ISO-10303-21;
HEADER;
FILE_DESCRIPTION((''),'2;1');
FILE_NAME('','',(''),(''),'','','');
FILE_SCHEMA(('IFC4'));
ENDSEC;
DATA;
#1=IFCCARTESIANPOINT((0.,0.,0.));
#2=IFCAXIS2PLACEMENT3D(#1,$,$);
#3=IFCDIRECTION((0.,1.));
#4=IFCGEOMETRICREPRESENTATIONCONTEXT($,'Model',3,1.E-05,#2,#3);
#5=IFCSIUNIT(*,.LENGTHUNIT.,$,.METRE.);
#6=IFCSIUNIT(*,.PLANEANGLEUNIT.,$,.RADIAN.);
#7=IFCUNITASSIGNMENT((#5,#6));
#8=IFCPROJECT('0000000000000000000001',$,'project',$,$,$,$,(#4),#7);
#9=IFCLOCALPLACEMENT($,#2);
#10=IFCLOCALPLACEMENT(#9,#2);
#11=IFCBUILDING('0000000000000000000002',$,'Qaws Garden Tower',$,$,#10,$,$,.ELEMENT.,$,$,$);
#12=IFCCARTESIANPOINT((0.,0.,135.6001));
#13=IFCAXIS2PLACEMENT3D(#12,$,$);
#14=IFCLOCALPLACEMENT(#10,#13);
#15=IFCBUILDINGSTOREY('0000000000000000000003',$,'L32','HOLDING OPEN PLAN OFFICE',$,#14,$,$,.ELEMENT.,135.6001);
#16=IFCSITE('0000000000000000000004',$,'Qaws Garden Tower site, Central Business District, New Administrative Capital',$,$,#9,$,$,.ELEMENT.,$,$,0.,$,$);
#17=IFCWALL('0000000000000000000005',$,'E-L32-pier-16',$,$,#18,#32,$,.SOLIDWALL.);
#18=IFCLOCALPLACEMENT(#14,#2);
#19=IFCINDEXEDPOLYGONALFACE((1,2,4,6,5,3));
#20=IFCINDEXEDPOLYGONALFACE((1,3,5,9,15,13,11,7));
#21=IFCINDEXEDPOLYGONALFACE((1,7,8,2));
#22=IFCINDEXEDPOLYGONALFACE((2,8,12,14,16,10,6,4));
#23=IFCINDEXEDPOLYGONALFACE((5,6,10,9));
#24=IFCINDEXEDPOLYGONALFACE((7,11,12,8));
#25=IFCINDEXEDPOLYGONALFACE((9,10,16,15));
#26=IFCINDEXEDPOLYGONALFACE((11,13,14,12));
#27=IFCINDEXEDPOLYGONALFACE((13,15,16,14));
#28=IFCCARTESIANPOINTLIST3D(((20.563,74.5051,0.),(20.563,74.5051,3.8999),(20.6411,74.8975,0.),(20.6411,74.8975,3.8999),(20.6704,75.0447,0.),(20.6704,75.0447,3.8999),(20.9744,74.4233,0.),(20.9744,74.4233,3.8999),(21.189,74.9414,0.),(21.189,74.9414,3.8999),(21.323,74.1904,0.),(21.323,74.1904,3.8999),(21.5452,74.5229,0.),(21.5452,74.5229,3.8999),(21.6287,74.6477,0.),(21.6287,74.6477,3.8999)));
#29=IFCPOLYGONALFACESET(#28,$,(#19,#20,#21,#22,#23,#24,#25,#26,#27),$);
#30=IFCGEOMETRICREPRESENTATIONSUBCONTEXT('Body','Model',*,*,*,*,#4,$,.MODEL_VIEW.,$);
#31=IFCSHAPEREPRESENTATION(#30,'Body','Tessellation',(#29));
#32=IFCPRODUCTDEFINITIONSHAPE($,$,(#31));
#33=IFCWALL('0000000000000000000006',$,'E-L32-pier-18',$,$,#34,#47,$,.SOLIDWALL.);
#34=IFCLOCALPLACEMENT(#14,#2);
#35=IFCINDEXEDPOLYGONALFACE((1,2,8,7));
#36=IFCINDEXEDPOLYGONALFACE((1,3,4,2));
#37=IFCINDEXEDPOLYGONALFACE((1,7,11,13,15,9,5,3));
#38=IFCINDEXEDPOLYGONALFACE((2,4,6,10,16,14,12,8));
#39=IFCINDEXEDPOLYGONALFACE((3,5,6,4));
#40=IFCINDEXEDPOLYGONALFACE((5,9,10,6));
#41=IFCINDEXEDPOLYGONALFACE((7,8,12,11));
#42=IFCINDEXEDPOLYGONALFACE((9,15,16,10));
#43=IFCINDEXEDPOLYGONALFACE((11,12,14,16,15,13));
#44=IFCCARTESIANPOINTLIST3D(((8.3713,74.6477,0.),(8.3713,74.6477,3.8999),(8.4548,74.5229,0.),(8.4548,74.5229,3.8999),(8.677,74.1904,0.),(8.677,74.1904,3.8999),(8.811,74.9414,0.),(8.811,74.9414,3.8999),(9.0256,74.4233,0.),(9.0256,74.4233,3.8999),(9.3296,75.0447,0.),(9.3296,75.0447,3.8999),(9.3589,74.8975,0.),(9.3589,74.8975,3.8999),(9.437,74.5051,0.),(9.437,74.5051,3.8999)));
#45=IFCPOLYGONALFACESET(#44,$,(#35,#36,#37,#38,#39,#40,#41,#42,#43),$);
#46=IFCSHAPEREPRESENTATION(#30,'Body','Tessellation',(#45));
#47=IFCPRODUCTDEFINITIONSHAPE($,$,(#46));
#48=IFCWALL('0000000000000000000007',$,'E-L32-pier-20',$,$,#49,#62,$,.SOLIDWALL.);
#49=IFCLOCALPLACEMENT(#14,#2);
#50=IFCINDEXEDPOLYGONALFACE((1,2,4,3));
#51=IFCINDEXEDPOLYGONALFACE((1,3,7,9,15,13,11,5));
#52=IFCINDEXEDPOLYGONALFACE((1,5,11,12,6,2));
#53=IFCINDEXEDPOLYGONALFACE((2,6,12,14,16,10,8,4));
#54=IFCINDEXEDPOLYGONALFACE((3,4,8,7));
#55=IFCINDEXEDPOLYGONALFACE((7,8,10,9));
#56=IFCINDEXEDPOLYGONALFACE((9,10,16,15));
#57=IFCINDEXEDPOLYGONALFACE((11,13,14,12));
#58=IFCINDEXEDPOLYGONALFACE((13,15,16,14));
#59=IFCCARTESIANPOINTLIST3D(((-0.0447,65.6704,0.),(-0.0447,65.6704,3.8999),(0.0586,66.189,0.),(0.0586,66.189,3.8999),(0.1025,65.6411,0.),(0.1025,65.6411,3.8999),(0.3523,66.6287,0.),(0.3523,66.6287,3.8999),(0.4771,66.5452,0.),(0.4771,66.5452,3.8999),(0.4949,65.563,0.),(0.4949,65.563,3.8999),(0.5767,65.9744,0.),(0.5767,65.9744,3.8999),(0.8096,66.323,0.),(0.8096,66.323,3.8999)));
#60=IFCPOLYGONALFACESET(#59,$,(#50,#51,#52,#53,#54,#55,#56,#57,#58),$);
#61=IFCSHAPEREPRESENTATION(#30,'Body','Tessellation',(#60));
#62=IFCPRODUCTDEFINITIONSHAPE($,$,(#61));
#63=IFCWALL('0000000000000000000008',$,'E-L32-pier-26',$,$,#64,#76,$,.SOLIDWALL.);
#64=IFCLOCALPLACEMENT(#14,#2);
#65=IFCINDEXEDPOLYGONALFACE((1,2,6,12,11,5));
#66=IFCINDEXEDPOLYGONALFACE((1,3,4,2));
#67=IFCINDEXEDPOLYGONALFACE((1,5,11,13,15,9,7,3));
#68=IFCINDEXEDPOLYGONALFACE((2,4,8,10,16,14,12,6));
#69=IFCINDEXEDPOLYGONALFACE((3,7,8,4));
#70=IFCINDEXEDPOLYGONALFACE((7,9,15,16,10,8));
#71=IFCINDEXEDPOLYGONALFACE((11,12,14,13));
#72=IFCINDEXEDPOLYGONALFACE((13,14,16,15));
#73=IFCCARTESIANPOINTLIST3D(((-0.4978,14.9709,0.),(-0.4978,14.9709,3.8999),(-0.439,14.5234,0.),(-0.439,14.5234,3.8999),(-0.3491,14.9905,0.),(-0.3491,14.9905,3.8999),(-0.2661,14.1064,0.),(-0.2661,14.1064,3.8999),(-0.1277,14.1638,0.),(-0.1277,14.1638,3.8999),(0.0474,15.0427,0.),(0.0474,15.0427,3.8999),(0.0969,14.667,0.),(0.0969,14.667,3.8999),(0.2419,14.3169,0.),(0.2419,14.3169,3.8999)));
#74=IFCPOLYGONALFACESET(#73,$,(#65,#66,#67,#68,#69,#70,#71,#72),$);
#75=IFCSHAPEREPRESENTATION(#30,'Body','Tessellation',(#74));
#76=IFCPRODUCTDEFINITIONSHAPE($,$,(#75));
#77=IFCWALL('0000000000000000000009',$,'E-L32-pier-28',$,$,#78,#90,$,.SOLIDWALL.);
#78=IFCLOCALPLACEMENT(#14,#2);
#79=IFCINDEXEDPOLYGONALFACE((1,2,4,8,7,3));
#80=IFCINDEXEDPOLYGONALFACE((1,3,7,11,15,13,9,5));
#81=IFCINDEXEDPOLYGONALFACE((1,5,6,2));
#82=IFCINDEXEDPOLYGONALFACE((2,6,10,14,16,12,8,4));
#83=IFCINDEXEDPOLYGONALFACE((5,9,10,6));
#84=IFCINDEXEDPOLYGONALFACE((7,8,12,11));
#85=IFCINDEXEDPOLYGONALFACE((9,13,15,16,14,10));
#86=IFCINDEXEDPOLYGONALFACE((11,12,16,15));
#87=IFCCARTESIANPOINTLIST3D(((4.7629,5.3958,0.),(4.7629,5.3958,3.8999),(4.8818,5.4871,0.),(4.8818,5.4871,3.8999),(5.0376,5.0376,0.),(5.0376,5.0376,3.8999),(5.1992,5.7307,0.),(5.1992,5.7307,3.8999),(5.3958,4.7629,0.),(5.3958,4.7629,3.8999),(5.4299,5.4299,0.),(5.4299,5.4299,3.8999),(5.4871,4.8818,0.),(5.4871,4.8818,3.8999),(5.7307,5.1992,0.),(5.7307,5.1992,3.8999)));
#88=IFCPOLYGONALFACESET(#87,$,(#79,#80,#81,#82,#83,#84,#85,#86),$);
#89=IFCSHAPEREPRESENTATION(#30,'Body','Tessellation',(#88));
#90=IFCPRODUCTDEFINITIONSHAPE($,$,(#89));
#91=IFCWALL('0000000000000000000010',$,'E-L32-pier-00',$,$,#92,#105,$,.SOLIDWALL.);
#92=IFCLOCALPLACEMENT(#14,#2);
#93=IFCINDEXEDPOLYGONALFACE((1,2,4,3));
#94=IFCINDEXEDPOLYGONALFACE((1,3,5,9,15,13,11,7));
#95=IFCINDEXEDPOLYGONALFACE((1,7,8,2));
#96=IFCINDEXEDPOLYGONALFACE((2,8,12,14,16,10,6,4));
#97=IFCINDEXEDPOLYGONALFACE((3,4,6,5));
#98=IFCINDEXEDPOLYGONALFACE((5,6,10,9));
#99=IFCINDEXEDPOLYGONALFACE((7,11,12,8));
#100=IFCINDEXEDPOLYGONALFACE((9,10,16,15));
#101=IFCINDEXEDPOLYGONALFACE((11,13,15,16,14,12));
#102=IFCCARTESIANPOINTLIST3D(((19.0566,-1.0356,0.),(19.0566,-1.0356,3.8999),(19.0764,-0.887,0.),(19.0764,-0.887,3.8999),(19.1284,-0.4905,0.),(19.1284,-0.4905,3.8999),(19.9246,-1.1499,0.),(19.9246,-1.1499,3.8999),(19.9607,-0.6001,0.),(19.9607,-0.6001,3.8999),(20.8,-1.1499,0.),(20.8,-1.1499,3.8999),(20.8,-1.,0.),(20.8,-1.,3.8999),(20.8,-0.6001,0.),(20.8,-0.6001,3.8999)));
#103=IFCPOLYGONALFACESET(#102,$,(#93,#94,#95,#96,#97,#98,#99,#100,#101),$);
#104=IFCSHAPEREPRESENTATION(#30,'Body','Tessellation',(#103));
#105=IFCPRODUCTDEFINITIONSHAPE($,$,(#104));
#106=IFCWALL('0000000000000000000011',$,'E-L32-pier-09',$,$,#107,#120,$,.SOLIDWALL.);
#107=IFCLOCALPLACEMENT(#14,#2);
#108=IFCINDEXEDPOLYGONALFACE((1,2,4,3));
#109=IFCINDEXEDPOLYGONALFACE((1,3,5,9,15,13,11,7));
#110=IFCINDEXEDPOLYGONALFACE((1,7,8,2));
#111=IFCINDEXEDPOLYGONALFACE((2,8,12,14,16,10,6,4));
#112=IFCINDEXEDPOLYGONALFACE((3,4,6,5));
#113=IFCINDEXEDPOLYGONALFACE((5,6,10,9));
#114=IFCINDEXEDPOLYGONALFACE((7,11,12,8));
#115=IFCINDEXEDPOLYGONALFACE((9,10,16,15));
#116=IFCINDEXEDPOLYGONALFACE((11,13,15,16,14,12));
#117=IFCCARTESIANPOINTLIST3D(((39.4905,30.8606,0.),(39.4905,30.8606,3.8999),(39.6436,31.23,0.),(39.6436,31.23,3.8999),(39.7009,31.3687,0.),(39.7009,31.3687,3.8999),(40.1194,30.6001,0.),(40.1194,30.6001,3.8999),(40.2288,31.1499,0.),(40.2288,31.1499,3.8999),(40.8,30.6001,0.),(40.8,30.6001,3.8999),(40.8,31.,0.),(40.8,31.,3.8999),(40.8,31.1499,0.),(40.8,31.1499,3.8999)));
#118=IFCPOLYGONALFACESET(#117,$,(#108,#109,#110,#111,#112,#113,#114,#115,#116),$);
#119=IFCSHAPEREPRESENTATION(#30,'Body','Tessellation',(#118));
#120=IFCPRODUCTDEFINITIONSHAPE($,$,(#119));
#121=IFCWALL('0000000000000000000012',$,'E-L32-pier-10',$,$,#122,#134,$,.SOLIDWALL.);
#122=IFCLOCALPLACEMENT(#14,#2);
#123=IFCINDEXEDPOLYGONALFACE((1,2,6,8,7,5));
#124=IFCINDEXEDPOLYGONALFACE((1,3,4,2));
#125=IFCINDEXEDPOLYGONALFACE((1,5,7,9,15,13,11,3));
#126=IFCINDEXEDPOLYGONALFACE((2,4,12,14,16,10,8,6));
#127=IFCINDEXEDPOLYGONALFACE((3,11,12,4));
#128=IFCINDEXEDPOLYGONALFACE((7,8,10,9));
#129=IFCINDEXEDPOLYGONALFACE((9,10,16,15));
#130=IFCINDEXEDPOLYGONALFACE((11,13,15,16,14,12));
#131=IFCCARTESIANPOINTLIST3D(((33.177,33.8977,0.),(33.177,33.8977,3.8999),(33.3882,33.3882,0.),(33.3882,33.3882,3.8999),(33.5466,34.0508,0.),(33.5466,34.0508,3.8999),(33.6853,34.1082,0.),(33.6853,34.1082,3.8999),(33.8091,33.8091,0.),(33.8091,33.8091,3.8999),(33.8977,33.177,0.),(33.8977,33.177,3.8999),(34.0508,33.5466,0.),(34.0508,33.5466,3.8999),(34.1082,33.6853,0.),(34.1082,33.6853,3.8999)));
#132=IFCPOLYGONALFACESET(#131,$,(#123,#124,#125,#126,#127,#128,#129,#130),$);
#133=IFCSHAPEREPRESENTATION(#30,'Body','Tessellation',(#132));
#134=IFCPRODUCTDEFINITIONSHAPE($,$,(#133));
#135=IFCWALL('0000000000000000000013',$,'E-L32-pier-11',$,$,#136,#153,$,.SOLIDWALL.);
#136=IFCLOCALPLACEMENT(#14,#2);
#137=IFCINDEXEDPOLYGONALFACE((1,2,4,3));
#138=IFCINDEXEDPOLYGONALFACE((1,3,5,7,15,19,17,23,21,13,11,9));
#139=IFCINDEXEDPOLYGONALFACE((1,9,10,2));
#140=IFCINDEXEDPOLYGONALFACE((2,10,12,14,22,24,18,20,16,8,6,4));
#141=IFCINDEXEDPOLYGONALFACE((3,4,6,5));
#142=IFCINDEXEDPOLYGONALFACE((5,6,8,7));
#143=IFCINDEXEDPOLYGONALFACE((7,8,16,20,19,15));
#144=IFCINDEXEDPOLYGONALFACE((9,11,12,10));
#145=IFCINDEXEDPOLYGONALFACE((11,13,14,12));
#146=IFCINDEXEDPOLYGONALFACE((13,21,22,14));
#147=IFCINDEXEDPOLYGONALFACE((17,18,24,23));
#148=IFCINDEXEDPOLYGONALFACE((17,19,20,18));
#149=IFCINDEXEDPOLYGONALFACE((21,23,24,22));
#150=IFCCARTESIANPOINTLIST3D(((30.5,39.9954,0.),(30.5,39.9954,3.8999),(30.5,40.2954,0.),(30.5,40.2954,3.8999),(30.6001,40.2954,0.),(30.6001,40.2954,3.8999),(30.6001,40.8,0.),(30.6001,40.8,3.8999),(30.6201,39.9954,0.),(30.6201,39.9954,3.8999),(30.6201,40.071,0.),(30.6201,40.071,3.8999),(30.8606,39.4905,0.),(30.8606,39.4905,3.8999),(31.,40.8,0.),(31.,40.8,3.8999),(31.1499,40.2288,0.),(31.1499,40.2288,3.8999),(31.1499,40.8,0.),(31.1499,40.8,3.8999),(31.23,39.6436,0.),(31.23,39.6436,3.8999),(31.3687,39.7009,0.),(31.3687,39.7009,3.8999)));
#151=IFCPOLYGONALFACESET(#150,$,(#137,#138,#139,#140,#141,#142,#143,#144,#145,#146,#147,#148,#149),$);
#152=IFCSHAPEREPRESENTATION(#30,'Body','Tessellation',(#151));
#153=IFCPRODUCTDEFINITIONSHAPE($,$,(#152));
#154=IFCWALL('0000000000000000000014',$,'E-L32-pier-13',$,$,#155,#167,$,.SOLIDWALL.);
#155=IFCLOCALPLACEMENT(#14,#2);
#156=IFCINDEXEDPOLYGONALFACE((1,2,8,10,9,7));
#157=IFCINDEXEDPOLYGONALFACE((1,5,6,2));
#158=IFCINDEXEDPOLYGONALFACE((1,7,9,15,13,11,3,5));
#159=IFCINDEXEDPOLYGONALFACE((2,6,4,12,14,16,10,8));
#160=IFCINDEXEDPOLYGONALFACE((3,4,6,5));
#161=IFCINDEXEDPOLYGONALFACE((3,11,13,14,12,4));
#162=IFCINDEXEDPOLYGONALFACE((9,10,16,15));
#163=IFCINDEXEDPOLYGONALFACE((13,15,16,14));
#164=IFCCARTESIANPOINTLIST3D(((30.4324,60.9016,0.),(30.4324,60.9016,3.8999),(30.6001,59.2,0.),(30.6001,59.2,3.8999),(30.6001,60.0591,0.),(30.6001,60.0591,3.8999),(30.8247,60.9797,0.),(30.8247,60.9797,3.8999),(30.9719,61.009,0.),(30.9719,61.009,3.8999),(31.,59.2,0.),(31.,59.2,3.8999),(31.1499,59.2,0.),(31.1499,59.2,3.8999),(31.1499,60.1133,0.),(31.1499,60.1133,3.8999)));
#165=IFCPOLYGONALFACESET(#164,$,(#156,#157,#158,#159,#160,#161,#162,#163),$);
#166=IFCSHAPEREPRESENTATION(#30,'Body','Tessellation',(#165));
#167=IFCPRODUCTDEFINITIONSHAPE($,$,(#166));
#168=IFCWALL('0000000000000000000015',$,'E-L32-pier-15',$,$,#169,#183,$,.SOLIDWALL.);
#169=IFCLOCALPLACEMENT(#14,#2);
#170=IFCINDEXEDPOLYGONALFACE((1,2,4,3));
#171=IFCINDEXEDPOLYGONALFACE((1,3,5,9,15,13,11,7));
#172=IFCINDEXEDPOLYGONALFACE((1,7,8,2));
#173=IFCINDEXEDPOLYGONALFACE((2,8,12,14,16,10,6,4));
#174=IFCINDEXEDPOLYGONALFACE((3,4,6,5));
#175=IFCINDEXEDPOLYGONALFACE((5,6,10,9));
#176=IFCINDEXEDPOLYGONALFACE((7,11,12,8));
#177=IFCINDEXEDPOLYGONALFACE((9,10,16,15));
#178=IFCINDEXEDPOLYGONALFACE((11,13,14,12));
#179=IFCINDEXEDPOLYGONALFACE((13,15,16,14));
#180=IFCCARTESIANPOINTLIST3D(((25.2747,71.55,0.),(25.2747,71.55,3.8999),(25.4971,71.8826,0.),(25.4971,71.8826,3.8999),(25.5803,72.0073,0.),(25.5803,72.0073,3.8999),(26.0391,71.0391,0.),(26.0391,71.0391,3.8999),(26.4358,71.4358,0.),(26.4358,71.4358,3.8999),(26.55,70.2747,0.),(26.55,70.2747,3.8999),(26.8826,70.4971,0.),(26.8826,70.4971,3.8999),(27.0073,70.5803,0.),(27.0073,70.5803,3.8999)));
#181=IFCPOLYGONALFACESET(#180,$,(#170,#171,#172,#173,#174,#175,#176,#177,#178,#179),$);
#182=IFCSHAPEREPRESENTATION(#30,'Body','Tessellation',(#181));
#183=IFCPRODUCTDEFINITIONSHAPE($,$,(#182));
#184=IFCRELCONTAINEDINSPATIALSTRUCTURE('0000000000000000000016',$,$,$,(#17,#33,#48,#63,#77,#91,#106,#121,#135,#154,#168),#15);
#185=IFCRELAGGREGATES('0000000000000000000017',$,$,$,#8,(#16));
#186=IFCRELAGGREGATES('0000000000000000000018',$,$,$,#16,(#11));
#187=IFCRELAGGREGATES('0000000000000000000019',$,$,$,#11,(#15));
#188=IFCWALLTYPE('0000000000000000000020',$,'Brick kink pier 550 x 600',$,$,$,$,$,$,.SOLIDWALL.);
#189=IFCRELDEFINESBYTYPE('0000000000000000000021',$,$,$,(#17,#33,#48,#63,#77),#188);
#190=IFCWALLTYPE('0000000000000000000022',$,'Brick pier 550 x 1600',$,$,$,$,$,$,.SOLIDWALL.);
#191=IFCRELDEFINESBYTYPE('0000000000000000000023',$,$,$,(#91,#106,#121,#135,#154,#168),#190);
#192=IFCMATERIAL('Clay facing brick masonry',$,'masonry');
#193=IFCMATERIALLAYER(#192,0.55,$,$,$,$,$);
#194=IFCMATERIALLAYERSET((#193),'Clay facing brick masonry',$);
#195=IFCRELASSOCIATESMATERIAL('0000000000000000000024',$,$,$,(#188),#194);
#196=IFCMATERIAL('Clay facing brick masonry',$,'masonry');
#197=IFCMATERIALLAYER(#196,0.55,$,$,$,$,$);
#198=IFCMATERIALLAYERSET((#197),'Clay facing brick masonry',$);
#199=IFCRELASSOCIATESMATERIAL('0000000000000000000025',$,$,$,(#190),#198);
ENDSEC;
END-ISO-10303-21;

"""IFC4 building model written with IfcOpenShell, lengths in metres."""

from ifc_helpers import new_model, si_unit, direction, frame, origin, place, context, subcontext, project, spatial, polyline, outline, extrude, material, layer, layer_set, type_object, element, save


model = new_model("IFC4")

# Units and contexts
model_context = context("Model", 3, precision=1e-05, world=origin(), true_north=direction((0.0, 1.0)))
body_context = subcontext(model_context, "Body", "Model", "MODEL_VIEW")
ifc_project = project(units=[si_unit("LENGTHUNIT", "METRE"), si_unit("PLANEANGLEUNIT", "RADIAN")], contexts=[model_context])

# Site, building, storey
site_placement = place(None, origin())
site = spatial("IfcSite", under=ifc_project, at=site_placement, Name="Qaws Garden Tower site, Central Business District, New Administrative Capital", CompositionType="ELEMENT", RefElevation=0.0)
building_placement = place(site_placement, origin())
building = spatial("IfcBuilding", under=site, at=building_placement, Name="Qaws Garden Tower", CompositionType="ELEMENT")
storey_placement = place(building_placement, frame((0.0, 0.0, 135.6001)))
storey = spatial("IfcBuildingStorey", under=building, at=storey_placement, Name="L32", Description="HOLDING OPEN PLAN OFFICE", CompositionType="ELEMENT", Elevation=135.6001)

# Walls
placement = place(storey_placement, origin())
ifc_material_1 = material(Name="Clay facing brick masonry", Category="masonry")
ifc_layer_1 = layer(ifc_material_1, 0.55)
ifc_layer_set_1 = layer_set([ifc_layer_1], Name="Clay facing brick masonry")
wall_type_1 = type_object("IfcWallType", Name="Brick kink pier 550 x 600", PredefinedType="SOLIDWALL", material=ifc_layer_set_1)
element("IfcWall", 1, at=placement, inside=storey, type_object=wall_type_1, Name="E-L32-pier-16", PredefinedType="SOLIDWALL", context=body_context, shape_type="SweptSolid", body=[
    extrude(outline(polyline([(21.5452, 74.5229), (21.6287, 74.6477), (21.189, 74.9414), (20.6704, 75.0447), (20.6411, 74.8975), (20.563, 74.5051), (20.9744, 74.4233), (21.323, 74.1904), (21.5452, 74.5229)])), origin(), (0.0, 0.0, 1.0), 3.8999),
])
element("IfcWall", 2, at=placement, inside=storey, type_object=wall_type_1, Name="E-L32-pier-18", PredefinedType="SOLIDWALL", context=body_context, shape_type="SweptSolid", body=[
    extrude(outline(polyline([(9.3589, 74.8975), (9.3296, 75.0447), (8.811, 74.9414), (8.3713, 74.6477), (8.4548, 74.5229), (8.677, 74.1904), (9.0256, 74.4233), (9.437, 74.5051), (9.3589, 74.8975)])), origin(), (0.0, 0.0, 1.0), 3.8999),
])
element("IfcWall", 3, at=placement, inside=storey, type_object=wall_type_1, Name="E-L32-pier-20", PredefinedType="SOLIDWALL", context=body_context, shape_type="SweptSolid", body=[
    extrude(outline(polyline([(0.4771, 66.5452), (0.3523, 66.6287), (0.0586, 66.189), (-0.0447, 65.6704), (0.1025, 65.6411), (0.4949, 65.563), (0.5767, 65.9744), (0.8096, 66.323), (0.4771, 66.5452)])), origin(), (0.0, 0.0, 1.0), 3.8999),
])
element("IfcWall", 4, at=placement, inside=storey, type_object=wall_type_1, Name="E-L32-pier-26", PredefinedType="SOLIDWALL", context=body_context, shape_type="SweptSolid", body=[
    extrude(outline(polyline([(-0.3491, 14.9905), (-0.4978, 14.9709), (-0.439, 14.5234), (-0.2661, 14.1064), (-0.1277, 14.1638), (0.2419, 14.3169), (0.0969, 14.667), (0.0474, 15.0427), (-0.3491, 14.9905)])), origin(), (0.0, 0.0, 1.0), 3.8999),
])
element("IfcWall", 5, at=placement, inside=storey, type_object=wall_type_1, Name="E-L32-pier-28", PredefinedType="SOLIDWALL", context=body_context, shape_type="SweptSolid", body=[
    extrude(outline(polyline([(4.8818, 5.4871), (4.7629, 5.3958), (5.0376, 5.0376), (5.3958, 4.7629), (5.4871, 4.8818), (5.7307, 5.1992), (5.4299, 5.4299), (5.1992, 5.7307), (4.8818, 5.4871)])), origin(), (0.0, 0.0, 1.0), 3.8999),
])
ifc_material_2 = material(Name="Clay facing brick masonry", Category="masonry")
ifc_layer_2 = layer(ifc_material_2, 0.55)
ifc_layer_set_2 = layer_set([ifc_layer_2], Name="Clay facing brick masonry")
wall_type_2 = type_object("IfcWallType", Name="Brick pier 550 x 1600", PredefinedType="SOLIDWALL", material=ifc_layer_set_2)
element("IfcWall", 6, at=placement, inside=storey, type_object=wall_type_2, Name="E-L32-pier-00", PredefinedType="SOLIDWALL", context=body_context, shape_type="SweptSolid", body=[
    extrude(outline(polyline([(19.0764, -0.887), (19.0566, -1.0356), (19.9246, -1.1499), (20.8, -1.1499), (20.8, -1.0), (20.8, -0.6001), (19.9607, -0.6001), (19.1284, -0.4905), (19.0764, -0.887)])), origin(), (0.0, 0.0, 1.0), 3.8999),
])
element("IfcWall", 7, at=placement, inside=storey, type_object=wall_type_2, Name="E-L32-pier-09", PredefinedType="SOLIDWALL", context=body_context, shape_type="SweptSolid", body=[
    extrude(outline(polyline([(40.8, 31.0), (40.8, 31.1499), (40.2288, 31.1499), (39.7009, 31.3687), (39.6436, 31.23), (39.4905, 30.8606), (40.1194, 30.6001), (40.8, 30.6001), (40.8, 31.0)])), origin(), (0.0, 0.0, 1.0), 3.8999),
])
element("IfcWall", 8, at=placement, inside=storey, type_object=wall_type_2, Name="E-L32-pier-10", PredefinedType="SOLIDWALL", context=body_context, shape_type="SweptSolid", body=[
    extrude(outline(polyline([(34.0508, 33.5466), (34.1082, 33.6853), (33.8091, 33.8091), (33.6853, 34.1082), (33.5466, 34.0508), (33.177, 33.8977), (33.3882, 33.3882), (33.8977, 33.177), (34.0508, 33.5466)])), origin(), (0.0, 0.0, 1.0), 3.8999),
])
element("IfcWall", 9, at=placement, inside=storey, type_object=wall_type_2, Name="E-L32-pier-11", PredefinedType="SOLIDWALL", context=body_context, shape_type="SweptSolid", body=[
    extrude(outline(polyline([(30.6201, 39.9954), (30.6201, 40.071), (30.8606, 39.4905), (31.23, 39.6436), (31.3687, 39.7009), (31.1499, 40.2288), (31.1499, 40.8), (31.0, 40.8), (30.6001, 40.8), (30.6001, 40.2954), (30.5, 40.2954), (30.5, 39.9954), (30.6201, 39.9954)])), origin(), (0.0, 0.0, 1.0), 3.8999),
])
element("IfcWall", 10, at=placement, inside=storey, type_object=wall_type_2, Name="E-L32-pier-13", PredefinedType="SOLIDWALL", context=body_context, shape_type="SweptSolid", body=[
    extrude(outline(polyline([(31.0, 59.2), (31.1499, 59.2), (31.1499, 60.1133), (30.9719, 61.009), (30.8247, 60.9797), (30.4324, 60.9016), (30.6001, 60.0591), (30.6001, 59.2), (31.0, 59.2)])), origin(), (0.0, 0.0, 1.0), 3.8999),
])
element("IfcWall", 11, at=placement, inside=storey, type_object=wall_type_2, Name="E-L32-pier-15", PredefinedType="SOLIDWALL", context=body_context, shape_type="SweptSolid", body=[
    extrude(outline(polyline([(26.8826, 70.4971), (27.0073, 70.5803), (26.4358, 71.4358), (25.5803, 72.0073), (25.4971, 71.8826), (25.2747, 71.55), (26.0391, 71.0391), (26.55, 70.2747), (26.8826, 70.4971)])), origin(), (0.0, 0.0, 1.0), 3.8999),
])

save(model, "model.ifc")
